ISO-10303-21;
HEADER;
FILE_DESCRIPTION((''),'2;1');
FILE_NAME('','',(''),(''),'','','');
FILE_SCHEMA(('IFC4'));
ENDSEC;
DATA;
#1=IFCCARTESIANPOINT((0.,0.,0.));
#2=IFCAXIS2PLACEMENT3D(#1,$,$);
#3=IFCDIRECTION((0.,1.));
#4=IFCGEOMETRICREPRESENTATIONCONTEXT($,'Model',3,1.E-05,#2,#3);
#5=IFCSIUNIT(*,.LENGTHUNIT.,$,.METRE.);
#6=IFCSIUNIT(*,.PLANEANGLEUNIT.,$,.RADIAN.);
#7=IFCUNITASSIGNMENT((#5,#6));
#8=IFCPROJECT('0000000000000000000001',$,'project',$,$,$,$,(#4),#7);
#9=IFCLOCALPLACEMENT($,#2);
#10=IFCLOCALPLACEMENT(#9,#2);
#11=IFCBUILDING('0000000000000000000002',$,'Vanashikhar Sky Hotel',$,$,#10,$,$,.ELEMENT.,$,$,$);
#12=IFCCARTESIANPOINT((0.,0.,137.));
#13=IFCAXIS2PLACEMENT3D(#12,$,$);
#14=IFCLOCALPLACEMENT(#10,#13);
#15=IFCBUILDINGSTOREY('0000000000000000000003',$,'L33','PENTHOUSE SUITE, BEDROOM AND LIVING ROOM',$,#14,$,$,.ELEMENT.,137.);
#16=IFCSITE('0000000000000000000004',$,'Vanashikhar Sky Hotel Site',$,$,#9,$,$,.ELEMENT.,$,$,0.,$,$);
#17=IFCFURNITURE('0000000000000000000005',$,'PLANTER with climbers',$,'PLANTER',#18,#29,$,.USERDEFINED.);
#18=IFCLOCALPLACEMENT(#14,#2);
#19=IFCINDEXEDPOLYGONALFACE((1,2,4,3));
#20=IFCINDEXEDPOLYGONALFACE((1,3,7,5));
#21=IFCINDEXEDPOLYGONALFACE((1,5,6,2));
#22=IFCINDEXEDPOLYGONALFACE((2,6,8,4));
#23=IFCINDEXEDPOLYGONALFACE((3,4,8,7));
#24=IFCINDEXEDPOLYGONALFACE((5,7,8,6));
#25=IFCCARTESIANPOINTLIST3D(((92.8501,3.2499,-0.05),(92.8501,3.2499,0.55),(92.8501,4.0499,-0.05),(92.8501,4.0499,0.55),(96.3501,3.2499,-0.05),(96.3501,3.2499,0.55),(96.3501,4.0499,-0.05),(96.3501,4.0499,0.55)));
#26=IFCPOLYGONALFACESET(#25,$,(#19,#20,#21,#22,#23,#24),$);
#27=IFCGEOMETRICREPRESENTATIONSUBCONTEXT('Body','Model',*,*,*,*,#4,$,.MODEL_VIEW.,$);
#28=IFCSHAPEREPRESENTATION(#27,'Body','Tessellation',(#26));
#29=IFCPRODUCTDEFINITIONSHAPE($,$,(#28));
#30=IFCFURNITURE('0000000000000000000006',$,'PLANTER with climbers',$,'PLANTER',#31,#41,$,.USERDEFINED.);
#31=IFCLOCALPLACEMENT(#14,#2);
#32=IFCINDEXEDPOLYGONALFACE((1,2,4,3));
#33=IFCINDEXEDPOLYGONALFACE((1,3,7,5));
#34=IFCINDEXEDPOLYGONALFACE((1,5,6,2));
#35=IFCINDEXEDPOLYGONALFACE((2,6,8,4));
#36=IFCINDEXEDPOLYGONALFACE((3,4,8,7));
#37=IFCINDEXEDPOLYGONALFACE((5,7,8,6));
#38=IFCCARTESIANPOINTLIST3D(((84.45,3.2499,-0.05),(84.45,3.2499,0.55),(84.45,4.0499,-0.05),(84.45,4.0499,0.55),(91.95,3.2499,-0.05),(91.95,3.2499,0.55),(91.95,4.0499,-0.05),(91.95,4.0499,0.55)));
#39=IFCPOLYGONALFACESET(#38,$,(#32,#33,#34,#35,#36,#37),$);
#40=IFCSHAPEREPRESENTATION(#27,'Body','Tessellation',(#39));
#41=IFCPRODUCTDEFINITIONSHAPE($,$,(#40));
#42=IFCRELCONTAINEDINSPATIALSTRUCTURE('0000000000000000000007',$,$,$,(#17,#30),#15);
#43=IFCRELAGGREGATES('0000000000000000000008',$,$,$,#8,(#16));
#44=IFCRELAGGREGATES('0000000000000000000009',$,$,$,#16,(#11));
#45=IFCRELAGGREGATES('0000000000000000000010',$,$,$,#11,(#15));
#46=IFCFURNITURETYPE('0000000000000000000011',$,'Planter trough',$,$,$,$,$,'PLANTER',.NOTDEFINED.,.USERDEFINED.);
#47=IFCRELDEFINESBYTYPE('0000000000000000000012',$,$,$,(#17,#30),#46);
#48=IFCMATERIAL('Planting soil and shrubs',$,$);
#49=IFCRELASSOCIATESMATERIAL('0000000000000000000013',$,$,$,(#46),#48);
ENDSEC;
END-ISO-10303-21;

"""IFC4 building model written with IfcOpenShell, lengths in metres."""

from ifc_helpers import new_model, si_unit, direction, frame, origin, origin_2d, place, context, subcontext, project, spatial, rectangle, extrude, source, transform, mapped, material, type_object, element, save


model = new_model("IFC4")

# Units and contexts
model_context = context("Model", 3, precision=1e-05, world=origin(), true_north=direction((0.0, 1.0)))
body_context = subcontext(model_context, "Body", "Model", "MODEL_VIEW")
ifc_project = project(units=[si_unit("LENGTHUNIT", "METRE"), si_unit("PLANEANGLEUNIT", "RADIAN")], contexts=[model_context])

# Site, building, storey
site_placement = place(None, origin())
site = spatial("IfcSite", under=ifc_project, at=site_placement, Name="Vanashikhar Sky Hotel Site", CompositionType="ELEMENT", RefElevation=0.0)
building_placement = place(site_placement, origin())
building = spatial("IfcBuilding", under=site, at=building_placement, Name="Vanashikhar Sky Hotel", CompositionType="ELEMENT")
storey_placement = place(building_placement, frame((0.0, 0.0, 137.0)))
storey = spatial("IfcBuildingStorey", under=building, at=storey_placement, Name="L33", Description="PENTHOUSE SUITE, BEDROOM AND LIVING ROOM", CompositionType="ELEMENT", Elevation=137.0)

# Furniture
ifc_material_1 = material(Name="Planting soil and shrubs")
furniture_type = type_object("IfcFurnitureType", Name="Planter trough", ElementType="PLANTER", AssemblyPlace="NOTDEFINED", PredefinedType="USERDEFINED", material=ifc_material_1)
shared_shape_1 = source(origin(), body_context, "Body", "SweptSolid", [
    extrude(rectangle(XDim=3.5, YDim=0.8, at=origin_2d()), origin(), (0.0, 0.0, 1.0), 0.6001),
])
furniture_1_placement = place(storey_placement, frame((94.6001, 3.6499, -0.05), z_axis=(0.0, 0.0, 1.0), x_axis=(1.0, 0.0, 0.0)))
element("IfcFurniture", 1, at=furniture_1_placement, inside=storey, type_object=furniture_type, Name="PLANTER with climbers", ObjectType="PLANTER", PredefinedType="USERDEFINED", context=body_context, shape_type="MappedRepresentation", body=[
    mapped(shared_shape_1, transform((0.0, 0.0, 0.0), scale=1.0)),
])
shared_shape_2 = source(origin(), body_context, "Body", "SweptSolid", [
    extrude(rectangle(XDim=7.5, YDim=0.8, at=origin_2d()), origin(), (0.0, 0.0, 1.0), 0.6001),
])
furniture_2_placement = place(storey_placement, frame((88.2, 3.6499, -0.05), z_axis=(0.0, 0.0, 1.0), x_axis=(1.0, 0.0, 0.0)))
element("IfcFurniture", 2, at=furniture_2_placement, inside=storey, type_object=furniture_type, Name="PLANTER with climbers", ObjectType="PLANTER", PredefinedType="USERDEFINED", context=body_context, shape_type="MappedRepresentation", body=[
    mapped(shared_shape_2, transform((0.0, 0.0, 0.0), scale=1.0)),
])

save(model, "model.ifc")
